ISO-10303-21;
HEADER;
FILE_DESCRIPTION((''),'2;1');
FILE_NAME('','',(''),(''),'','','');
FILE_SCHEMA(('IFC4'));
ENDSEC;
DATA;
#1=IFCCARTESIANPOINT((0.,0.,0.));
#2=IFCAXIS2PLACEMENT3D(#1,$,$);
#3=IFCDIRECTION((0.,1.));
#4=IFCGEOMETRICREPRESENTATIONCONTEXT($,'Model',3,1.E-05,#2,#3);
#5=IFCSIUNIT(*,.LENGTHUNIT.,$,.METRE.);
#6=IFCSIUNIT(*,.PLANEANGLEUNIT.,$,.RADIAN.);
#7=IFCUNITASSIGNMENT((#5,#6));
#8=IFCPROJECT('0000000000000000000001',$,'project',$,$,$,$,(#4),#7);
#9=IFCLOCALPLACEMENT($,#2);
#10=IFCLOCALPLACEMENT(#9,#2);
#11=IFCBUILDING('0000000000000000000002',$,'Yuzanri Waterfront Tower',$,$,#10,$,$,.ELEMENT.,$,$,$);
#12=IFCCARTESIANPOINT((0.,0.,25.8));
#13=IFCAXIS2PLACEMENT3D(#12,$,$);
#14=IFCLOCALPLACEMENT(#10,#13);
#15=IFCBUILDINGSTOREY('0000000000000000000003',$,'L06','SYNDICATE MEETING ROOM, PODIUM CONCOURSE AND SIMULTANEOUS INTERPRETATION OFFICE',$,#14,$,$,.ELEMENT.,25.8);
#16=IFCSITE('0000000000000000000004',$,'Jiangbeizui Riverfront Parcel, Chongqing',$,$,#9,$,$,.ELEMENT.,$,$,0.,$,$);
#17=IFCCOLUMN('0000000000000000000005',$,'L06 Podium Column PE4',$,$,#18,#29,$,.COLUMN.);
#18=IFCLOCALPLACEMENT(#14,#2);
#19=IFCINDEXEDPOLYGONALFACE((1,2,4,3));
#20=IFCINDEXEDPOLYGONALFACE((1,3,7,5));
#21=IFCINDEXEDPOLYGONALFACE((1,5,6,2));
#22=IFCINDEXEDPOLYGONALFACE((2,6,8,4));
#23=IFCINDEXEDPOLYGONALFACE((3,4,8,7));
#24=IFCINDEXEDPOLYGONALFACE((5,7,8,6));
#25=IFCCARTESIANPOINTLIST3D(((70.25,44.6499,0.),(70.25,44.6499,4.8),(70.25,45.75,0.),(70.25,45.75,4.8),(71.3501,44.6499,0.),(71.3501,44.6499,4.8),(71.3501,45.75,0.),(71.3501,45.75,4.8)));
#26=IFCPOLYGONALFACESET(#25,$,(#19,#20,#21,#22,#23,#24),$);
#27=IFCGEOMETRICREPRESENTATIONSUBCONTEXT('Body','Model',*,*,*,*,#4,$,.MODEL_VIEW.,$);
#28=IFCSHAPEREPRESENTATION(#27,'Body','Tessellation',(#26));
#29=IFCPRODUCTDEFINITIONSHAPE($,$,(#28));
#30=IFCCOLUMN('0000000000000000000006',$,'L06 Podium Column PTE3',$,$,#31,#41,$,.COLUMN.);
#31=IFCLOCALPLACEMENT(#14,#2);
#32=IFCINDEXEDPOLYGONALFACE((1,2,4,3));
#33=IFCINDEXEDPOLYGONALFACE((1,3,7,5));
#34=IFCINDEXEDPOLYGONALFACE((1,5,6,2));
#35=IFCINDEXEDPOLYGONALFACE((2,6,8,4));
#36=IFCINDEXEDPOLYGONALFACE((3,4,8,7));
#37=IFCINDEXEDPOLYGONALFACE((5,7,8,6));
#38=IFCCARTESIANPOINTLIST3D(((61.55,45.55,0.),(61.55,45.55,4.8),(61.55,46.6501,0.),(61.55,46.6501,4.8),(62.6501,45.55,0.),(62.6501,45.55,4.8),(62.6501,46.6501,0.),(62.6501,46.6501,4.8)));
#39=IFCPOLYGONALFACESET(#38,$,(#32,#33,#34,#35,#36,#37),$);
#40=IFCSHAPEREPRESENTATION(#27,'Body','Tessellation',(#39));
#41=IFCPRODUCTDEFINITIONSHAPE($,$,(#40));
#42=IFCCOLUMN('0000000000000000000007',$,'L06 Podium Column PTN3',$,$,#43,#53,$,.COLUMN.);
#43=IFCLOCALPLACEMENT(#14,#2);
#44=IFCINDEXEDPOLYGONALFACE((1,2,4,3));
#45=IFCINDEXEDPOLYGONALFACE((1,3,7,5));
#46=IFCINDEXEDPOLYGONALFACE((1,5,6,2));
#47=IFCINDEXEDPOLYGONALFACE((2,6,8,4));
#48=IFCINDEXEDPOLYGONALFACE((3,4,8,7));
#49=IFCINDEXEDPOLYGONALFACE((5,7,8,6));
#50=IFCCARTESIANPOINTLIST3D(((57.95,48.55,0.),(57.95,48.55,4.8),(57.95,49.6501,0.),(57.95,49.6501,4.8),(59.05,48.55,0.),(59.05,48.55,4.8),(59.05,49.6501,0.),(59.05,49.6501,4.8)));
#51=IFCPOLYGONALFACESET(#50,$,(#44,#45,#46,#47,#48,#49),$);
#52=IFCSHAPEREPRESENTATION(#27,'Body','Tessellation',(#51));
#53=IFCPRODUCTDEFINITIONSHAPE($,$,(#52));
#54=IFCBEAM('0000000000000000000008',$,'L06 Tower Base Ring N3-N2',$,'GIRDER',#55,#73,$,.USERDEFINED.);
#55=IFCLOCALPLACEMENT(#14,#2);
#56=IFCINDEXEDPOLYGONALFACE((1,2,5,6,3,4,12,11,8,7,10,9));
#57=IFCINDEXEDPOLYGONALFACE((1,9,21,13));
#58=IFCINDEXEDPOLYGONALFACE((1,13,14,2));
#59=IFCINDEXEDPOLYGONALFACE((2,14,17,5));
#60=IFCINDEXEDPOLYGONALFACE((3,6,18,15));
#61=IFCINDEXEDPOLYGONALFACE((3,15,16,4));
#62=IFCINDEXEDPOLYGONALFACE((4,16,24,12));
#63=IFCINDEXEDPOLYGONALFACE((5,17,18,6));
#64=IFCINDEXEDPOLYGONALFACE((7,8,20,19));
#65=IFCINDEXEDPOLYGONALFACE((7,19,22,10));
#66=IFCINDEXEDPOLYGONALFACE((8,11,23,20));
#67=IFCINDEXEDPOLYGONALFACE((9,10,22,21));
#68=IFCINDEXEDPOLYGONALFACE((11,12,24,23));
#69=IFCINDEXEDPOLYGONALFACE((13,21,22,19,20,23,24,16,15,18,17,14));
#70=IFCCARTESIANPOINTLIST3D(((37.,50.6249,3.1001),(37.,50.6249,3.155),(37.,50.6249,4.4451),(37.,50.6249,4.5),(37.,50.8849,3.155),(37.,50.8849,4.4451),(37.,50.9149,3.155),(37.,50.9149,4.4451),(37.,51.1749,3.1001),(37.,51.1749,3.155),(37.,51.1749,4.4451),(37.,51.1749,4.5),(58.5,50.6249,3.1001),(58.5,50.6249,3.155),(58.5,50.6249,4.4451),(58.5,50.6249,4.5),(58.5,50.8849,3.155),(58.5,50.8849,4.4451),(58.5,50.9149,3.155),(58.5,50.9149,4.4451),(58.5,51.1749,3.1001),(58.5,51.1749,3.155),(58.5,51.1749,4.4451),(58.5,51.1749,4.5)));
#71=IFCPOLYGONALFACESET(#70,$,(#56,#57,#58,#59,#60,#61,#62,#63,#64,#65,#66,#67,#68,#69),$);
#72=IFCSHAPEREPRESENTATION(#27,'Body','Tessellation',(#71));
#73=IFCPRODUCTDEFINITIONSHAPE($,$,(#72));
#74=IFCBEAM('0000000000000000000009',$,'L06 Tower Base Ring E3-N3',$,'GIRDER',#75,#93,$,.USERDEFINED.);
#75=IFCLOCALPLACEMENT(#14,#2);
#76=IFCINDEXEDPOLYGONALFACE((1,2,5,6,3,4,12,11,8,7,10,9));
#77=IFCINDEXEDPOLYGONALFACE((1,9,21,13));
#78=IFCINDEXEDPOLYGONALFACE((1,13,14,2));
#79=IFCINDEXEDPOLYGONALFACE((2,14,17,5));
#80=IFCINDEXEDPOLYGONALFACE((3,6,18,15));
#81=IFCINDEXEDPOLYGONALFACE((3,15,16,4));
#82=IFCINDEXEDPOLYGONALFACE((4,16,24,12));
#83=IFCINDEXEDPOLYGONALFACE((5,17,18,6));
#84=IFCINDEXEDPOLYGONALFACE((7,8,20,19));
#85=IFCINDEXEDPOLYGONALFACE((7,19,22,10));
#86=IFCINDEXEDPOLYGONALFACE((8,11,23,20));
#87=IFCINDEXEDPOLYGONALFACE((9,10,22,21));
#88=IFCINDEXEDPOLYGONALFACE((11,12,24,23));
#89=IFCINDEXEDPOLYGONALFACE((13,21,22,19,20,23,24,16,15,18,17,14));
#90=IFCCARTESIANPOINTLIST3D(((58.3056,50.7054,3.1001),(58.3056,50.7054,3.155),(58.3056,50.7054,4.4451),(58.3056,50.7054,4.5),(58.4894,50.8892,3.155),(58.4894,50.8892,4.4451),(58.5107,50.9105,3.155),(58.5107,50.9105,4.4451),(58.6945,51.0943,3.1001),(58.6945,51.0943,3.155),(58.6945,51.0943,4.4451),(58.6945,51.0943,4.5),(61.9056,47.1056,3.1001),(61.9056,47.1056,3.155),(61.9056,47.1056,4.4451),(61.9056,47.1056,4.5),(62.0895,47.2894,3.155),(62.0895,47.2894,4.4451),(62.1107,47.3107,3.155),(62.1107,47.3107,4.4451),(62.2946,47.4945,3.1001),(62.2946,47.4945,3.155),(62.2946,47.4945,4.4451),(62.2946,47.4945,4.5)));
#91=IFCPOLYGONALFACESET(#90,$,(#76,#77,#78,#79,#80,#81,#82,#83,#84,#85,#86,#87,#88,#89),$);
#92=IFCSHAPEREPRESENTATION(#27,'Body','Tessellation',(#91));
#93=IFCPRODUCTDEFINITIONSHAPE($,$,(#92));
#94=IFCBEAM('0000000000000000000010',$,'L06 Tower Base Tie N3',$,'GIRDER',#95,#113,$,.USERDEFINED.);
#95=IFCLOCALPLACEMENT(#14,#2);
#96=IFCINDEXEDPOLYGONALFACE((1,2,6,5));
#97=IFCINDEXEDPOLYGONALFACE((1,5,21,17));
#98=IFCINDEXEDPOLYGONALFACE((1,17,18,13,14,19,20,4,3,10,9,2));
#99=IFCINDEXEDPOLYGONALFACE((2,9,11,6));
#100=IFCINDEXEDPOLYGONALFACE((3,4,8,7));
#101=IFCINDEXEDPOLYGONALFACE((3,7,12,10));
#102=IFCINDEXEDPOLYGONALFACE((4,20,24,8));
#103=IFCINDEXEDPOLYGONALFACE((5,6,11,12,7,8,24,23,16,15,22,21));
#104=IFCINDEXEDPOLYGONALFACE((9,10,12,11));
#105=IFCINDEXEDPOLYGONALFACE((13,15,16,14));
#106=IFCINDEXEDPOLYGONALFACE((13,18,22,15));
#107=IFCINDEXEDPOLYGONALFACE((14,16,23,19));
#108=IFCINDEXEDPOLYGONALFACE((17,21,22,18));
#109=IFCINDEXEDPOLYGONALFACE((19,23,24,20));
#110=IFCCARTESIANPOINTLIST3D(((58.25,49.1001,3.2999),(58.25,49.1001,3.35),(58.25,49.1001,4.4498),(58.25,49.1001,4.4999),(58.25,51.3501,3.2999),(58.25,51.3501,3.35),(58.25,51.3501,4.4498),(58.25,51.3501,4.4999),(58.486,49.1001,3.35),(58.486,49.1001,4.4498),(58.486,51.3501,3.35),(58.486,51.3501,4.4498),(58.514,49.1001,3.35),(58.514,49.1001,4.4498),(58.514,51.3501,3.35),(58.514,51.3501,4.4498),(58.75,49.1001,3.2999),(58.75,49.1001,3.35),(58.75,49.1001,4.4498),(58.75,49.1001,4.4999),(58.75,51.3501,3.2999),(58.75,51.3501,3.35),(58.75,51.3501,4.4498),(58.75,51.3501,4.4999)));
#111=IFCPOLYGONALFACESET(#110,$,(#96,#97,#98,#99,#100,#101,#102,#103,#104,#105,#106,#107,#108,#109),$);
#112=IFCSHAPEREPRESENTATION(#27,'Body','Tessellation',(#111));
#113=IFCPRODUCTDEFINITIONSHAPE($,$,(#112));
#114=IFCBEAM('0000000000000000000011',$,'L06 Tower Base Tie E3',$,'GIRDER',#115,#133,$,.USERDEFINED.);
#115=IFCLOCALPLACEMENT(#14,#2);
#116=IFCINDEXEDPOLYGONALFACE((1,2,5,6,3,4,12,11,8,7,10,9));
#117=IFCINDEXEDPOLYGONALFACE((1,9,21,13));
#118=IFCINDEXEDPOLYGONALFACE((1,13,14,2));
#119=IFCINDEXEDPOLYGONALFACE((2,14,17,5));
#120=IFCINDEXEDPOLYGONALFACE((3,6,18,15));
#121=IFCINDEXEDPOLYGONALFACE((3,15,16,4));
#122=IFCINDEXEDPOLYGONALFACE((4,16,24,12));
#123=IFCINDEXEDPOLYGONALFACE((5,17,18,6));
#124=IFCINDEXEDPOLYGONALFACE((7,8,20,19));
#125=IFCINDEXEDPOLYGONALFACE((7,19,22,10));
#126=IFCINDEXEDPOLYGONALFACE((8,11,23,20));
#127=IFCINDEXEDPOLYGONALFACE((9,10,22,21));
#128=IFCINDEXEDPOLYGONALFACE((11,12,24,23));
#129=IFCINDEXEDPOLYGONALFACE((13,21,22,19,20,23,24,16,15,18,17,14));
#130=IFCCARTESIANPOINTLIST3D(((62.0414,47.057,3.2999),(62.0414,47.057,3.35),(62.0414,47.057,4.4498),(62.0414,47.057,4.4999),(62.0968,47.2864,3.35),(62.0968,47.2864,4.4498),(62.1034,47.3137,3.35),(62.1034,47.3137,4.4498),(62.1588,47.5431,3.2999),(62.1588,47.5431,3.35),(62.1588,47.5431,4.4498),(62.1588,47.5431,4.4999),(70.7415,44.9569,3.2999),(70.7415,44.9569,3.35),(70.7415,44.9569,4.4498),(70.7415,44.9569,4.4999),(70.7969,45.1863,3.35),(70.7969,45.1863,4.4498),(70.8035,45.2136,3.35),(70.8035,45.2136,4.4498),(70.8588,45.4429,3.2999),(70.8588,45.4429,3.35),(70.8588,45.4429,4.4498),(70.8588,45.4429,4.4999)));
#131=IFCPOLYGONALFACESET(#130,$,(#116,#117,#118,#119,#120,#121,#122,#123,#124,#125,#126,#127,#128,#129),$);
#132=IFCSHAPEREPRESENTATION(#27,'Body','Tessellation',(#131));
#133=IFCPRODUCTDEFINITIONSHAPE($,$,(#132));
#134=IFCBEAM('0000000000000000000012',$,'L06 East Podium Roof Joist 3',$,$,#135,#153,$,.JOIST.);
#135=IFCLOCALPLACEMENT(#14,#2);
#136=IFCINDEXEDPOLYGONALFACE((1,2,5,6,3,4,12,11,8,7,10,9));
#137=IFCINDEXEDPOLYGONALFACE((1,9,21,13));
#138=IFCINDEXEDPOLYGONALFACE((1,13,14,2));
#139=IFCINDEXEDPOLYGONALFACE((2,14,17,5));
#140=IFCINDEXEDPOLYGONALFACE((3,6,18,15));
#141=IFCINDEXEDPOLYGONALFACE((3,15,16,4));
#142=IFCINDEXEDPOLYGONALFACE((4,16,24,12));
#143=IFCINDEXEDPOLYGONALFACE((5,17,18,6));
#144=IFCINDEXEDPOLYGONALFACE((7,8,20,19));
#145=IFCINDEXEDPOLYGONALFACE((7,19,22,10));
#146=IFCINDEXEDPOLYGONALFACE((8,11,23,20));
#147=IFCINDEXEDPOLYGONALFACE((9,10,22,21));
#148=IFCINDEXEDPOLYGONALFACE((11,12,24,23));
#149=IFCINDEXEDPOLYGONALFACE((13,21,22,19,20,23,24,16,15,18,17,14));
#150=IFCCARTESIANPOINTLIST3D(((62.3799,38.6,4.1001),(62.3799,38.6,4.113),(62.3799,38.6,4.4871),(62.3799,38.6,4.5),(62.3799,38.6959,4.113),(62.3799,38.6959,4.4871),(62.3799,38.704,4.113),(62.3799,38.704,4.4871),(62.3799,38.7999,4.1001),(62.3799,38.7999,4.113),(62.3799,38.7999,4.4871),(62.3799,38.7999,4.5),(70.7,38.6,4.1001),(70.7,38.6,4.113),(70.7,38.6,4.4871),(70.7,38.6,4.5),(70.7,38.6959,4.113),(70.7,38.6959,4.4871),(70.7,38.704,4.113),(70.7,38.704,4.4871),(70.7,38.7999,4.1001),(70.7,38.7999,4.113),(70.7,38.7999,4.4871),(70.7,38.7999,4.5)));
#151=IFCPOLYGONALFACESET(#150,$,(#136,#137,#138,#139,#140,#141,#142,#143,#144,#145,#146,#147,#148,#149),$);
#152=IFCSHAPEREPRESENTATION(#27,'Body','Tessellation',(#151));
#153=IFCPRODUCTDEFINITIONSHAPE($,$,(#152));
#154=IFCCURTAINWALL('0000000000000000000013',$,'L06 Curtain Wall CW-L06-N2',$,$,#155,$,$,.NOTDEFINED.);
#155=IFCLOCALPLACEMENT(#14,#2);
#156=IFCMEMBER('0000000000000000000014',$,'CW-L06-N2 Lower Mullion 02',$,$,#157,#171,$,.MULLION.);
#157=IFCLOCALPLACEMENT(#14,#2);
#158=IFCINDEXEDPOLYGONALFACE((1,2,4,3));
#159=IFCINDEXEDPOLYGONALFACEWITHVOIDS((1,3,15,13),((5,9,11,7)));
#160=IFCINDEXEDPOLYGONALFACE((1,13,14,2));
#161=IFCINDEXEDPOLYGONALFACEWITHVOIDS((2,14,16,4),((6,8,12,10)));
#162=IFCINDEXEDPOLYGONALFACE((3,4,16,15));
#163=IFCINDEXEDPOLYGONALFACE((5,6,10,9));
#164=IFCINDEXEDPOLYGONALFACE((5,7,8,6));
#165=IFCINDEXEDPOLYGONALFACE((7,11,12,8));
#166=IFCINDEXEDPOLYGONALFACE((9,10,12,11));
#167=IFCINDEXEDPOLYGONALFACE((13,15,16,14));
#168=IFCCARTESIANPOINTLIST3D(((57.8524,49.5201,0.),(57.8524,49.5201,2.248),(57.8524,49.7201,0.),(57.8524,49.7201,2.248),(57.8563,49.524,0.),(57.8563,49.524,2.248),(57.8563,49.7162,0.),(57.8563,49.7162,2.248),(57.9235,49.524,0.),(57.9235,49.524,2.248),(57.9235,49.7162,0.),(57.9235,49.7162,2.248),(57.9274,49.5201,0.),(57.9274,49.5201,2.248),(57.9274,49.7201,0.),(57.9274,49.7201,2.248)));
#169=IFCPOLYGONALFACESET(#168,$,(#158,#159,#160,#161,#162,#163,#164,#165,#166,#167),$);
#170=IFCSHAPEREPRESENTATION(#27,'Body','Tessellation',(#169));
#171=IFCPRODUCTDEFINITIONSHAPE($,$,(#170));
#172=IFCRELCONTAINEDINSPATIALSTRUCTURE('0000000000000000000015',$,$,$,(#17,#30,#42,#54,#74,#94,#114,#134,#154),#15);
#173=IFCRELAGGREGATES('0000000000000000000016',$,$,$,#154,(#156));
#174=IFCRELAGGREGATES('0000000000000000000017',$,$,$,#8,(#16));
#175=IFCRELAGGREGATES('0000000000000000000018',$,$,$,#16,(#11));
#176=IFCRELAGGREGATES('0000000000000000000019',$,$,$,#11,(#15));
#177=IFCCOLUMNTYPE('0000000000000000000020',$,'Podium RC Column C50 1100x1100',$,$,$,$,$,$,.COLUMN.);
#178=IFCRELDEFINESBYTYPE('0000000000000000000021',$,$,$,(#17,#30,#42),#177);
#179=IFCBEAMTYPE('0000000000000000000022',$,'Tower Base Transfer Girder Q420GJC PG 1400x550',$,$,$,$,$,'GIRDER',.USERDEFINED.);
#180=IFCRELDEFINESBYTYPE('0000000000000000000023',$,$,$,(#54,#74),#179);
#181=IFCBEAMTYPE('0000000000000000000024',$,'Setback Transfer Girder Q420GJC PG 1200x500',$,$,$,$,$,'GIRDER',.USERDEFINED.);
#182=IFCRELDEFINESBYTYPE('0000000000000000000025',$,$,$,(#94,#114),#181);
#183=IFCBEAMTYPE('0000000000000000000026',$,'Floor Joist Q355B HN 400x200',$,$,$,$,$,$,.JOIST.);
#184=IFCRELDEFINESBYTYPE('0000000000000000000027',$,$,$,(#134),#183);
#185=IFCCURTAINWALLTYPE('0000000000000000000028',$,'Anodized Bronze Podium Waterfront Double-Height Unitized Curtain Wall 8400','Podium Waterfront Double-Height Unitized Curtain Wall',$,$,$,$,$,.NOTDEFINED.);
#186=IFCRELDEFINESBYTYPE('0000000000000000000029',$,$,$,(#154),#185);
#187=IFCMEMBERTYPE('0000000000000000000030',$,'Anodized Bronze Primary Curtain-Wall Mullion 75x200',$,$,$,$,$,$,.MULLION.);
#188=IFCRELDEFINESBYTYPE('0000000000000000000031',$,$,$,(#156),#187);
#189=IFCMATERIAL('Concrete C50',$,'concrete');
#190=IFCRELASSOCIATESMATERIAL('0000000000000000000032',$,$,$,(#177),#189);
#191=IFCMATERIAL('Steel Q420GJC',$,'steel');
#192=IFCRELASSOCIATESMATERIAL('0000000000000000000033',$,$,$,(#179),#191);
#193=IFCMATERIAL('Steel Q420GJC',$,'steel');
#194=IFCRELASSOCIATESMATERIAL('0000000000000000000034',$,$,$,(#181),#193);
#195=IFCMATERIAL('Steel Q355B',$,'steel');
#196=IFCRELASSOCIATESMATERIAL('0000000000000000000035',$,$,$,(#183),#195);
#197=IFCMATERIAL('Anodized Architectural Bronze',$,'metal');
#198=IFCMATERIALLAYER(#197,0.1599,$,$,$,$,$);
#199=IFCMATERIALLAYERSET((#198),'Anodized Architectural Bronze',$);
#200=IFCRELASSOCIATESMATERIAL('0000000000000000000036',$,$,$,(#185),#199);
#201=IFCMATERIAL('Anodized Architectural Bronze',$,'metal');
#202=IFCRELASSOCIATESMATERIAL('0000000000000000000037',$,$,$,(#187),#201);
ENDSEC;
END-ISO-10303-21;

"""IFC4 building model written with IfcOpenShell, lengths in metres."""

from ifc_helpers import new_model, si_unit, direction, frame, origin, origin_2d, place, context, subcontext, project, spatial, rectangle, hollow_rectangle, i_section, extrude, source, transform, mapped, material, layer, layer_set, material_profile, profile_set, type_object, element, aggregate, save


model = new_model("IFC4")

# Units and contexts
model_context = context("Model", 3, precision=1e-05, world=origin(), true_north=direction((0.0, 1.0)))
body_context = subcontext(model_context, "Body", "Model", "MODEL_VIEW")
ifc_project = project(units=[si_unit("LENGTHUNIT", "METRE"), si_unit("PLANEANGLEUNIT", "RADIAN")], contexts=[model_context])

# Site, building, storey
site_placement = place(None, origin())
site = spatial("IfcSite", under=ifc_project, at=site_placement, Name="Jiangbeizui Riverfront Parcel, Chongqing", CompositionType="ELEMENT", RefElevation=0.0)
building_placement = place(site_placement, origin())
building = spatial("IfcBuilding", under=site, at=building_placement, Name="Yuzanri Waterfront Tower", CompositionType="ELEMENT")
storey_placement = place(building_placement, frame((0.0, 0.0, 25.8)))
storey = spatial("IfcBuildingStorey", under=building, at=storey_placement, Name="L06", Description="SYNDICATE MEETING ROOM, PODIUM CONCOURSE AND SIMULTANEOUS INTERPRETATION OFFICE", CompositionType="ELEMENT", Elevation=25.8)

# Columns
ifc_material_1 = material(Name="Concrete C50", Category="concrete")
ifc_material_profile_1 = material_profile(ifc_material_1, rectangle(XDim=1.1001, YDim=1.1001, at=origin_2d()), Name="RC 1100x1100")
ifc_profile_set_1 = profile_set([ifc_material_profile_1], Name="Concrete C50")
column_type = type_object("IfcColumnType", Name="Podium RC Column C50 1100x1100", PredefinedType="COLUMN", material=ifc_profile_set_1)
shared_shape_1 = source(origin(), body_context, "Body", "SweptSolid", [
    extrude(rectangle(XDim=1.1001, YDim=1.1001, at=origin_2d()), origin(), (0.0, 0.0, 1.0), 4.8),
])
for number, where, z_axis, x_axis, name in (
    (1, (70.8, 45.2, 0.0), (0.0, 0.0, 1.0), (1.0, 0.0, 0.0), "L06 Podium Column PE4"),
    (2, (62.1001, 46.1001, 0.0), (0.0, 0.0, 1.0), (1.0, 0.0, 0.0), "L06 Podium Column PTE3"),
    (3, (58.5, 49.1001, 0.0), (0.0, 0.0, 1.0), (1.0, 0.0, 0.0), "L06 Podium Column PTN3"),
):
    element("IfcColumn", number, at=place(storey_placement, frame(where, z_axis=z_axis, x_axis=x_axis)), inside=storey, type_object=column_type, Name=name, PredefinedType="COLUMN", context=body_context, shape_type="MappedRepresentation", body=[
        mapped(shared_shape_1, transform((0.0, 0.0, 0.0), scale=1.0)),
    ])

# Beams
ifc_material_2 = material(Name="Steel Q420GJC", Category="steel")
ifc_material_profile_2 = material_profile(ifc_material_2, i_section(OverallWidth=0.55, OverallDepth=1.3999, WebThickness=0.03, FlangeThickness=0.0549, at=origin_2d()), Name="PG 1400x550x30x55")
ifc_profile_set_2 = profile_set([ifc_material_profile_2], Name="Steel Q420GJC")
beam_type_1 = type_object("IfcBeamType", Name="Tower Base Transfer Girder Q420GJC PG 1400x550", ElementType="GIRDER", PredefinedType="USERDEFINED", material=ifc_profile_set_2)
shared_shape_2 = source(origin(), body_context, "Body", "SweptSolid", [
    extrude(i_section(OverallWidth=0.55, OverallDepth=1.3999, WebThickness=0.03, FlangeThickness=0.0549, at=origin_2d()), origin(), (0.0, 0.0, 1.0), 21.5),
])
beam_1_placement = place(storey_placement, frame((58.5, 50.8999, 3.8), z_axis=(-1.0, 0.0, 0.0), x_axis=(0.0, -1.0, 0.0)))
element("IfcBeam", 4, at=beam_1_placement, inside=storey, type_object=beam_type_1, Name="L06 Tower Base Ring N3-N2", ObjectType="GIRDER", PredefinedType="USERDEFINED", context=body_context, shape_type="MappedRepresentation", body=[
    mapped(shared_shape_2, transform((0.0, 0.0, 0.0), scale=1.0)),
])
shared_shape_3 = source(origin(), body_context, "Body", "SweptSolid", [
    extrude(i_section(OverallWidth=0.55, OverallDepth=1.3999, WebThickness=0.03, FlangeThickness=0.0549, at=origin_2d()), origin(), (0.0, 0.0, 1.0), 5.0911),
])
beam_2_placement = place(storey_placement, frame((62.1001, 47.3, 3.8), z_axis=(-0.707131, 0.707083, 0.0), x_axis=(-0.707083, -0.707131, 0.0)))
element("IfcBeam", 5, at=beam_2_placement, inside=storey, type_object=beam_type_1, Name="L06 Tower Base Ring E3-N3", ObjectType="GIRDER", PredefinedType="USERDEFINED", context=body_context, shape_type="MappedRepresentation", body=[
    mapped(shared_shape_3, transform((0.0, 0.0, 0.0), scale=1.0)),
])
ifc_material_3 = material(Name="Steel Q420GJC", Category="steel")
ifc_material_profile_3 = material_profile(ifc_material_3, i_section(OverallWidth=0.5, OverallDepth=1.2, WebThickness=0.0281, FlangeThickness=0.05, at=origin_2d()), Name="PG 1200x500x28x50")
ifc_profile_set_3 = profile_set([ifc_material_profile_3], Name="Steel Q420GJC")
beam_type_2 = type_object("IfcBeamType", Name="Setback Transfer Girder Q420GJC PG 1200x500", ElementType="GIRDER", PredefinedType="USERDEFINED", material=ifc_profile_set_3)
shared_shape_4 = source(origin(), body_context, "Body", "SweptSolid", [
    extrude(i_section(OverallWidth=0.5, OverallDepth=1.2, WebThickness=0.0281, FlangeThickness=0.05, at=origin_2d()), origin(), (0.0, 0.0, 1.0), 2.25),
])
beam_3_placement = place(storey_placement, frame((58.5, 51.3501, 3.8999), z_axis=(0.0, -1.0, 0.0), x_axis=(1.0, 0.0, 0.0)))
element("IfcBeam", 6, at=beam_3_placement, inside=storey, type_object=beam_type_2, Name="L06 Tower Base Tie N3", ObjectType="GIRDER", PredefinedType="USERDEFINED", context=body_context, shape_type="MappedRepresentation", body=[
    mapped(shared_shape_4, transform((0.0, 0.0, 0.0), scale=1.0)),
])
shared_shape_5 = source(origin(), body_context, "Body", "SweptSolid", [
    extrude(i_section(OverallWidth=0.5, OverallDepth=1.2, WebThickness=0.0281, FlangeThickness=0.05, at=origin_2d()), origin(), (0.0, 0.0, 1.0), 8.95),
])
beam_4_placement = place(storey_placement, frame((62.1001, 47.3, 3.8999), z_axis=(0.972079, -0.234652, 0.0), x_axis=(0.234652, 0.972079, 0.0)))
element("IfcBeam", 7, at=beam_4_placement, inside=storey, type_object=beam_type_2, Name="L06 Tower Base Tie E3", ObjectType="GIRDER", PredefinedType="USERDEFINED", context=body_context, shape_type="MappedRepresentation", body=[
    mapped(shared_shape_5, transform((0.0, 0.0, 0.0), scale=1.0)),
])
ifc_material_4 = material(Name="Steel Q355B", Category="steel")
ifc_material_profile_4 = material_profile(ifc_material_4, i_section(OverallWidth=0.2, OverallDepth=0.3999, WebThickness=0.0081, FlangeThickness=0.0129, at=origin_2d()), Name="HN 400x200x8x13")
ifc_profile_set_4 = profile_set([ifc_material_profile_4], Name="Steel Q355B")
beam_type_3 = type_object("IfcBeamType", Name="Floor Joist Q355B HN 400x200", PredefinedType="JOIST", material=ifc_profile_set_4)
shared_shape_6 = source(origin(), body_context, "Body", "SweptSolid", [
    extrude(i_section(OverallWidth=0.2, OverallDepth=0.3999, WebThickness=0.0081, FlangeThickness=0.0129, at=origin_2d()), origin(), (0.0, 0.0, 1.0), 8.3201),
])
beam_5_placement = place(storey_placement, frame((62.3799, 38.7, 4.3), z_axis=(1.0, 0.0, 0.0), x_axis=(0.0, 1.0, 0.0)))
element("IfcBeam", 8, at=beam_5_placement, inside=storey, type_object=beam_type_3, Name="L06 East Podium Roof Joist 3", PredefinedType="JOIST", context=body_context, shape_type="MappedRepresentation", body=[
    mapped(shared_shape_6, transform((0.0, 0.0, 0.0), scale=1.0)),
])

# Curtain wall, member
ifc_material_5 = material(Name="Anodized Architectural Bronze", Category="metal")
ifc_layer_1 = layer(ifc_material_5, 0.1599)
ifc_layer_set_1 = layer_set([ifc_layer_1], Name="Anodized Architectural Bronze")
curtain_wall_type = type_object("IfcCurtainWallType", Name="Anodized Bronze Podium Waterfront Double-Height Unitized Curtain Wall 8400", Description="Podium Waterfront Double-Height Unitized Curtain Wall", PredefinedType="NOTDEFINED", material=ifc_layer_set_1)
curtain_wall_placement = place(storey_placement, origin())
curtain_wall = element("IfcCurtainWall", 9, at=curtain_wall_placement, inside=storey, type_object=curtain_wall_type, Name="L06 Curtain Wall CW-L06-N2", PredefinedType="NOTDEFINED")
ifc_material_6 = material(Name="Anodized Architectural Bronze", Category="metal")
ifc_material_profile_5 = material_profile(ifc_material_6, hollow_rectangle(XDim=0.075, YDim=0.2, WallThickness=0.0039, at=origin_2d()), Name="CWM 75x200")
ifc_profile_set_5 = profile_set([ifc_material_profile_5], Name="Anodized Architectural Bronze")
member_type = type_object("IfcMemberType", Name="Anodized Bronze Primary Curtain-Wall Mullion 75x200", PredefinedType="MULLION", material=ifc_profile_set_5)
shared_shape_7 = source(origin(), body_context, "Body", "SweptSolid", [
    extrude(hollow_rectangle(XDim=0.075, YDim=0.2, WallThickness=0.0039, at=origin_2d()), origin(), (0.0, 0.0, 1.0), 2.248),
])
member_1_placement = place(storey_placement, frame((57.8899, 49.6201, 0.0), z_axis=(0.0, 0.0, 1.0), x_axis=(1.0, 0.0, 0.0)))
member_1 = element("IfcMember", 10, at=member_1_placement, type_object=member_type, Name="CW-L06-N2 Lower Mullion 02", PredefinedType="MULLION", context=body_context, shape_type="MappedRepresentation", body=[
    mapped(shared_shape_7, transform((0.0, 0.0, 0.0), scale=1.0)),
])
aggregate(curtain_wall, [member_1])

save(model, "model.ifc")
